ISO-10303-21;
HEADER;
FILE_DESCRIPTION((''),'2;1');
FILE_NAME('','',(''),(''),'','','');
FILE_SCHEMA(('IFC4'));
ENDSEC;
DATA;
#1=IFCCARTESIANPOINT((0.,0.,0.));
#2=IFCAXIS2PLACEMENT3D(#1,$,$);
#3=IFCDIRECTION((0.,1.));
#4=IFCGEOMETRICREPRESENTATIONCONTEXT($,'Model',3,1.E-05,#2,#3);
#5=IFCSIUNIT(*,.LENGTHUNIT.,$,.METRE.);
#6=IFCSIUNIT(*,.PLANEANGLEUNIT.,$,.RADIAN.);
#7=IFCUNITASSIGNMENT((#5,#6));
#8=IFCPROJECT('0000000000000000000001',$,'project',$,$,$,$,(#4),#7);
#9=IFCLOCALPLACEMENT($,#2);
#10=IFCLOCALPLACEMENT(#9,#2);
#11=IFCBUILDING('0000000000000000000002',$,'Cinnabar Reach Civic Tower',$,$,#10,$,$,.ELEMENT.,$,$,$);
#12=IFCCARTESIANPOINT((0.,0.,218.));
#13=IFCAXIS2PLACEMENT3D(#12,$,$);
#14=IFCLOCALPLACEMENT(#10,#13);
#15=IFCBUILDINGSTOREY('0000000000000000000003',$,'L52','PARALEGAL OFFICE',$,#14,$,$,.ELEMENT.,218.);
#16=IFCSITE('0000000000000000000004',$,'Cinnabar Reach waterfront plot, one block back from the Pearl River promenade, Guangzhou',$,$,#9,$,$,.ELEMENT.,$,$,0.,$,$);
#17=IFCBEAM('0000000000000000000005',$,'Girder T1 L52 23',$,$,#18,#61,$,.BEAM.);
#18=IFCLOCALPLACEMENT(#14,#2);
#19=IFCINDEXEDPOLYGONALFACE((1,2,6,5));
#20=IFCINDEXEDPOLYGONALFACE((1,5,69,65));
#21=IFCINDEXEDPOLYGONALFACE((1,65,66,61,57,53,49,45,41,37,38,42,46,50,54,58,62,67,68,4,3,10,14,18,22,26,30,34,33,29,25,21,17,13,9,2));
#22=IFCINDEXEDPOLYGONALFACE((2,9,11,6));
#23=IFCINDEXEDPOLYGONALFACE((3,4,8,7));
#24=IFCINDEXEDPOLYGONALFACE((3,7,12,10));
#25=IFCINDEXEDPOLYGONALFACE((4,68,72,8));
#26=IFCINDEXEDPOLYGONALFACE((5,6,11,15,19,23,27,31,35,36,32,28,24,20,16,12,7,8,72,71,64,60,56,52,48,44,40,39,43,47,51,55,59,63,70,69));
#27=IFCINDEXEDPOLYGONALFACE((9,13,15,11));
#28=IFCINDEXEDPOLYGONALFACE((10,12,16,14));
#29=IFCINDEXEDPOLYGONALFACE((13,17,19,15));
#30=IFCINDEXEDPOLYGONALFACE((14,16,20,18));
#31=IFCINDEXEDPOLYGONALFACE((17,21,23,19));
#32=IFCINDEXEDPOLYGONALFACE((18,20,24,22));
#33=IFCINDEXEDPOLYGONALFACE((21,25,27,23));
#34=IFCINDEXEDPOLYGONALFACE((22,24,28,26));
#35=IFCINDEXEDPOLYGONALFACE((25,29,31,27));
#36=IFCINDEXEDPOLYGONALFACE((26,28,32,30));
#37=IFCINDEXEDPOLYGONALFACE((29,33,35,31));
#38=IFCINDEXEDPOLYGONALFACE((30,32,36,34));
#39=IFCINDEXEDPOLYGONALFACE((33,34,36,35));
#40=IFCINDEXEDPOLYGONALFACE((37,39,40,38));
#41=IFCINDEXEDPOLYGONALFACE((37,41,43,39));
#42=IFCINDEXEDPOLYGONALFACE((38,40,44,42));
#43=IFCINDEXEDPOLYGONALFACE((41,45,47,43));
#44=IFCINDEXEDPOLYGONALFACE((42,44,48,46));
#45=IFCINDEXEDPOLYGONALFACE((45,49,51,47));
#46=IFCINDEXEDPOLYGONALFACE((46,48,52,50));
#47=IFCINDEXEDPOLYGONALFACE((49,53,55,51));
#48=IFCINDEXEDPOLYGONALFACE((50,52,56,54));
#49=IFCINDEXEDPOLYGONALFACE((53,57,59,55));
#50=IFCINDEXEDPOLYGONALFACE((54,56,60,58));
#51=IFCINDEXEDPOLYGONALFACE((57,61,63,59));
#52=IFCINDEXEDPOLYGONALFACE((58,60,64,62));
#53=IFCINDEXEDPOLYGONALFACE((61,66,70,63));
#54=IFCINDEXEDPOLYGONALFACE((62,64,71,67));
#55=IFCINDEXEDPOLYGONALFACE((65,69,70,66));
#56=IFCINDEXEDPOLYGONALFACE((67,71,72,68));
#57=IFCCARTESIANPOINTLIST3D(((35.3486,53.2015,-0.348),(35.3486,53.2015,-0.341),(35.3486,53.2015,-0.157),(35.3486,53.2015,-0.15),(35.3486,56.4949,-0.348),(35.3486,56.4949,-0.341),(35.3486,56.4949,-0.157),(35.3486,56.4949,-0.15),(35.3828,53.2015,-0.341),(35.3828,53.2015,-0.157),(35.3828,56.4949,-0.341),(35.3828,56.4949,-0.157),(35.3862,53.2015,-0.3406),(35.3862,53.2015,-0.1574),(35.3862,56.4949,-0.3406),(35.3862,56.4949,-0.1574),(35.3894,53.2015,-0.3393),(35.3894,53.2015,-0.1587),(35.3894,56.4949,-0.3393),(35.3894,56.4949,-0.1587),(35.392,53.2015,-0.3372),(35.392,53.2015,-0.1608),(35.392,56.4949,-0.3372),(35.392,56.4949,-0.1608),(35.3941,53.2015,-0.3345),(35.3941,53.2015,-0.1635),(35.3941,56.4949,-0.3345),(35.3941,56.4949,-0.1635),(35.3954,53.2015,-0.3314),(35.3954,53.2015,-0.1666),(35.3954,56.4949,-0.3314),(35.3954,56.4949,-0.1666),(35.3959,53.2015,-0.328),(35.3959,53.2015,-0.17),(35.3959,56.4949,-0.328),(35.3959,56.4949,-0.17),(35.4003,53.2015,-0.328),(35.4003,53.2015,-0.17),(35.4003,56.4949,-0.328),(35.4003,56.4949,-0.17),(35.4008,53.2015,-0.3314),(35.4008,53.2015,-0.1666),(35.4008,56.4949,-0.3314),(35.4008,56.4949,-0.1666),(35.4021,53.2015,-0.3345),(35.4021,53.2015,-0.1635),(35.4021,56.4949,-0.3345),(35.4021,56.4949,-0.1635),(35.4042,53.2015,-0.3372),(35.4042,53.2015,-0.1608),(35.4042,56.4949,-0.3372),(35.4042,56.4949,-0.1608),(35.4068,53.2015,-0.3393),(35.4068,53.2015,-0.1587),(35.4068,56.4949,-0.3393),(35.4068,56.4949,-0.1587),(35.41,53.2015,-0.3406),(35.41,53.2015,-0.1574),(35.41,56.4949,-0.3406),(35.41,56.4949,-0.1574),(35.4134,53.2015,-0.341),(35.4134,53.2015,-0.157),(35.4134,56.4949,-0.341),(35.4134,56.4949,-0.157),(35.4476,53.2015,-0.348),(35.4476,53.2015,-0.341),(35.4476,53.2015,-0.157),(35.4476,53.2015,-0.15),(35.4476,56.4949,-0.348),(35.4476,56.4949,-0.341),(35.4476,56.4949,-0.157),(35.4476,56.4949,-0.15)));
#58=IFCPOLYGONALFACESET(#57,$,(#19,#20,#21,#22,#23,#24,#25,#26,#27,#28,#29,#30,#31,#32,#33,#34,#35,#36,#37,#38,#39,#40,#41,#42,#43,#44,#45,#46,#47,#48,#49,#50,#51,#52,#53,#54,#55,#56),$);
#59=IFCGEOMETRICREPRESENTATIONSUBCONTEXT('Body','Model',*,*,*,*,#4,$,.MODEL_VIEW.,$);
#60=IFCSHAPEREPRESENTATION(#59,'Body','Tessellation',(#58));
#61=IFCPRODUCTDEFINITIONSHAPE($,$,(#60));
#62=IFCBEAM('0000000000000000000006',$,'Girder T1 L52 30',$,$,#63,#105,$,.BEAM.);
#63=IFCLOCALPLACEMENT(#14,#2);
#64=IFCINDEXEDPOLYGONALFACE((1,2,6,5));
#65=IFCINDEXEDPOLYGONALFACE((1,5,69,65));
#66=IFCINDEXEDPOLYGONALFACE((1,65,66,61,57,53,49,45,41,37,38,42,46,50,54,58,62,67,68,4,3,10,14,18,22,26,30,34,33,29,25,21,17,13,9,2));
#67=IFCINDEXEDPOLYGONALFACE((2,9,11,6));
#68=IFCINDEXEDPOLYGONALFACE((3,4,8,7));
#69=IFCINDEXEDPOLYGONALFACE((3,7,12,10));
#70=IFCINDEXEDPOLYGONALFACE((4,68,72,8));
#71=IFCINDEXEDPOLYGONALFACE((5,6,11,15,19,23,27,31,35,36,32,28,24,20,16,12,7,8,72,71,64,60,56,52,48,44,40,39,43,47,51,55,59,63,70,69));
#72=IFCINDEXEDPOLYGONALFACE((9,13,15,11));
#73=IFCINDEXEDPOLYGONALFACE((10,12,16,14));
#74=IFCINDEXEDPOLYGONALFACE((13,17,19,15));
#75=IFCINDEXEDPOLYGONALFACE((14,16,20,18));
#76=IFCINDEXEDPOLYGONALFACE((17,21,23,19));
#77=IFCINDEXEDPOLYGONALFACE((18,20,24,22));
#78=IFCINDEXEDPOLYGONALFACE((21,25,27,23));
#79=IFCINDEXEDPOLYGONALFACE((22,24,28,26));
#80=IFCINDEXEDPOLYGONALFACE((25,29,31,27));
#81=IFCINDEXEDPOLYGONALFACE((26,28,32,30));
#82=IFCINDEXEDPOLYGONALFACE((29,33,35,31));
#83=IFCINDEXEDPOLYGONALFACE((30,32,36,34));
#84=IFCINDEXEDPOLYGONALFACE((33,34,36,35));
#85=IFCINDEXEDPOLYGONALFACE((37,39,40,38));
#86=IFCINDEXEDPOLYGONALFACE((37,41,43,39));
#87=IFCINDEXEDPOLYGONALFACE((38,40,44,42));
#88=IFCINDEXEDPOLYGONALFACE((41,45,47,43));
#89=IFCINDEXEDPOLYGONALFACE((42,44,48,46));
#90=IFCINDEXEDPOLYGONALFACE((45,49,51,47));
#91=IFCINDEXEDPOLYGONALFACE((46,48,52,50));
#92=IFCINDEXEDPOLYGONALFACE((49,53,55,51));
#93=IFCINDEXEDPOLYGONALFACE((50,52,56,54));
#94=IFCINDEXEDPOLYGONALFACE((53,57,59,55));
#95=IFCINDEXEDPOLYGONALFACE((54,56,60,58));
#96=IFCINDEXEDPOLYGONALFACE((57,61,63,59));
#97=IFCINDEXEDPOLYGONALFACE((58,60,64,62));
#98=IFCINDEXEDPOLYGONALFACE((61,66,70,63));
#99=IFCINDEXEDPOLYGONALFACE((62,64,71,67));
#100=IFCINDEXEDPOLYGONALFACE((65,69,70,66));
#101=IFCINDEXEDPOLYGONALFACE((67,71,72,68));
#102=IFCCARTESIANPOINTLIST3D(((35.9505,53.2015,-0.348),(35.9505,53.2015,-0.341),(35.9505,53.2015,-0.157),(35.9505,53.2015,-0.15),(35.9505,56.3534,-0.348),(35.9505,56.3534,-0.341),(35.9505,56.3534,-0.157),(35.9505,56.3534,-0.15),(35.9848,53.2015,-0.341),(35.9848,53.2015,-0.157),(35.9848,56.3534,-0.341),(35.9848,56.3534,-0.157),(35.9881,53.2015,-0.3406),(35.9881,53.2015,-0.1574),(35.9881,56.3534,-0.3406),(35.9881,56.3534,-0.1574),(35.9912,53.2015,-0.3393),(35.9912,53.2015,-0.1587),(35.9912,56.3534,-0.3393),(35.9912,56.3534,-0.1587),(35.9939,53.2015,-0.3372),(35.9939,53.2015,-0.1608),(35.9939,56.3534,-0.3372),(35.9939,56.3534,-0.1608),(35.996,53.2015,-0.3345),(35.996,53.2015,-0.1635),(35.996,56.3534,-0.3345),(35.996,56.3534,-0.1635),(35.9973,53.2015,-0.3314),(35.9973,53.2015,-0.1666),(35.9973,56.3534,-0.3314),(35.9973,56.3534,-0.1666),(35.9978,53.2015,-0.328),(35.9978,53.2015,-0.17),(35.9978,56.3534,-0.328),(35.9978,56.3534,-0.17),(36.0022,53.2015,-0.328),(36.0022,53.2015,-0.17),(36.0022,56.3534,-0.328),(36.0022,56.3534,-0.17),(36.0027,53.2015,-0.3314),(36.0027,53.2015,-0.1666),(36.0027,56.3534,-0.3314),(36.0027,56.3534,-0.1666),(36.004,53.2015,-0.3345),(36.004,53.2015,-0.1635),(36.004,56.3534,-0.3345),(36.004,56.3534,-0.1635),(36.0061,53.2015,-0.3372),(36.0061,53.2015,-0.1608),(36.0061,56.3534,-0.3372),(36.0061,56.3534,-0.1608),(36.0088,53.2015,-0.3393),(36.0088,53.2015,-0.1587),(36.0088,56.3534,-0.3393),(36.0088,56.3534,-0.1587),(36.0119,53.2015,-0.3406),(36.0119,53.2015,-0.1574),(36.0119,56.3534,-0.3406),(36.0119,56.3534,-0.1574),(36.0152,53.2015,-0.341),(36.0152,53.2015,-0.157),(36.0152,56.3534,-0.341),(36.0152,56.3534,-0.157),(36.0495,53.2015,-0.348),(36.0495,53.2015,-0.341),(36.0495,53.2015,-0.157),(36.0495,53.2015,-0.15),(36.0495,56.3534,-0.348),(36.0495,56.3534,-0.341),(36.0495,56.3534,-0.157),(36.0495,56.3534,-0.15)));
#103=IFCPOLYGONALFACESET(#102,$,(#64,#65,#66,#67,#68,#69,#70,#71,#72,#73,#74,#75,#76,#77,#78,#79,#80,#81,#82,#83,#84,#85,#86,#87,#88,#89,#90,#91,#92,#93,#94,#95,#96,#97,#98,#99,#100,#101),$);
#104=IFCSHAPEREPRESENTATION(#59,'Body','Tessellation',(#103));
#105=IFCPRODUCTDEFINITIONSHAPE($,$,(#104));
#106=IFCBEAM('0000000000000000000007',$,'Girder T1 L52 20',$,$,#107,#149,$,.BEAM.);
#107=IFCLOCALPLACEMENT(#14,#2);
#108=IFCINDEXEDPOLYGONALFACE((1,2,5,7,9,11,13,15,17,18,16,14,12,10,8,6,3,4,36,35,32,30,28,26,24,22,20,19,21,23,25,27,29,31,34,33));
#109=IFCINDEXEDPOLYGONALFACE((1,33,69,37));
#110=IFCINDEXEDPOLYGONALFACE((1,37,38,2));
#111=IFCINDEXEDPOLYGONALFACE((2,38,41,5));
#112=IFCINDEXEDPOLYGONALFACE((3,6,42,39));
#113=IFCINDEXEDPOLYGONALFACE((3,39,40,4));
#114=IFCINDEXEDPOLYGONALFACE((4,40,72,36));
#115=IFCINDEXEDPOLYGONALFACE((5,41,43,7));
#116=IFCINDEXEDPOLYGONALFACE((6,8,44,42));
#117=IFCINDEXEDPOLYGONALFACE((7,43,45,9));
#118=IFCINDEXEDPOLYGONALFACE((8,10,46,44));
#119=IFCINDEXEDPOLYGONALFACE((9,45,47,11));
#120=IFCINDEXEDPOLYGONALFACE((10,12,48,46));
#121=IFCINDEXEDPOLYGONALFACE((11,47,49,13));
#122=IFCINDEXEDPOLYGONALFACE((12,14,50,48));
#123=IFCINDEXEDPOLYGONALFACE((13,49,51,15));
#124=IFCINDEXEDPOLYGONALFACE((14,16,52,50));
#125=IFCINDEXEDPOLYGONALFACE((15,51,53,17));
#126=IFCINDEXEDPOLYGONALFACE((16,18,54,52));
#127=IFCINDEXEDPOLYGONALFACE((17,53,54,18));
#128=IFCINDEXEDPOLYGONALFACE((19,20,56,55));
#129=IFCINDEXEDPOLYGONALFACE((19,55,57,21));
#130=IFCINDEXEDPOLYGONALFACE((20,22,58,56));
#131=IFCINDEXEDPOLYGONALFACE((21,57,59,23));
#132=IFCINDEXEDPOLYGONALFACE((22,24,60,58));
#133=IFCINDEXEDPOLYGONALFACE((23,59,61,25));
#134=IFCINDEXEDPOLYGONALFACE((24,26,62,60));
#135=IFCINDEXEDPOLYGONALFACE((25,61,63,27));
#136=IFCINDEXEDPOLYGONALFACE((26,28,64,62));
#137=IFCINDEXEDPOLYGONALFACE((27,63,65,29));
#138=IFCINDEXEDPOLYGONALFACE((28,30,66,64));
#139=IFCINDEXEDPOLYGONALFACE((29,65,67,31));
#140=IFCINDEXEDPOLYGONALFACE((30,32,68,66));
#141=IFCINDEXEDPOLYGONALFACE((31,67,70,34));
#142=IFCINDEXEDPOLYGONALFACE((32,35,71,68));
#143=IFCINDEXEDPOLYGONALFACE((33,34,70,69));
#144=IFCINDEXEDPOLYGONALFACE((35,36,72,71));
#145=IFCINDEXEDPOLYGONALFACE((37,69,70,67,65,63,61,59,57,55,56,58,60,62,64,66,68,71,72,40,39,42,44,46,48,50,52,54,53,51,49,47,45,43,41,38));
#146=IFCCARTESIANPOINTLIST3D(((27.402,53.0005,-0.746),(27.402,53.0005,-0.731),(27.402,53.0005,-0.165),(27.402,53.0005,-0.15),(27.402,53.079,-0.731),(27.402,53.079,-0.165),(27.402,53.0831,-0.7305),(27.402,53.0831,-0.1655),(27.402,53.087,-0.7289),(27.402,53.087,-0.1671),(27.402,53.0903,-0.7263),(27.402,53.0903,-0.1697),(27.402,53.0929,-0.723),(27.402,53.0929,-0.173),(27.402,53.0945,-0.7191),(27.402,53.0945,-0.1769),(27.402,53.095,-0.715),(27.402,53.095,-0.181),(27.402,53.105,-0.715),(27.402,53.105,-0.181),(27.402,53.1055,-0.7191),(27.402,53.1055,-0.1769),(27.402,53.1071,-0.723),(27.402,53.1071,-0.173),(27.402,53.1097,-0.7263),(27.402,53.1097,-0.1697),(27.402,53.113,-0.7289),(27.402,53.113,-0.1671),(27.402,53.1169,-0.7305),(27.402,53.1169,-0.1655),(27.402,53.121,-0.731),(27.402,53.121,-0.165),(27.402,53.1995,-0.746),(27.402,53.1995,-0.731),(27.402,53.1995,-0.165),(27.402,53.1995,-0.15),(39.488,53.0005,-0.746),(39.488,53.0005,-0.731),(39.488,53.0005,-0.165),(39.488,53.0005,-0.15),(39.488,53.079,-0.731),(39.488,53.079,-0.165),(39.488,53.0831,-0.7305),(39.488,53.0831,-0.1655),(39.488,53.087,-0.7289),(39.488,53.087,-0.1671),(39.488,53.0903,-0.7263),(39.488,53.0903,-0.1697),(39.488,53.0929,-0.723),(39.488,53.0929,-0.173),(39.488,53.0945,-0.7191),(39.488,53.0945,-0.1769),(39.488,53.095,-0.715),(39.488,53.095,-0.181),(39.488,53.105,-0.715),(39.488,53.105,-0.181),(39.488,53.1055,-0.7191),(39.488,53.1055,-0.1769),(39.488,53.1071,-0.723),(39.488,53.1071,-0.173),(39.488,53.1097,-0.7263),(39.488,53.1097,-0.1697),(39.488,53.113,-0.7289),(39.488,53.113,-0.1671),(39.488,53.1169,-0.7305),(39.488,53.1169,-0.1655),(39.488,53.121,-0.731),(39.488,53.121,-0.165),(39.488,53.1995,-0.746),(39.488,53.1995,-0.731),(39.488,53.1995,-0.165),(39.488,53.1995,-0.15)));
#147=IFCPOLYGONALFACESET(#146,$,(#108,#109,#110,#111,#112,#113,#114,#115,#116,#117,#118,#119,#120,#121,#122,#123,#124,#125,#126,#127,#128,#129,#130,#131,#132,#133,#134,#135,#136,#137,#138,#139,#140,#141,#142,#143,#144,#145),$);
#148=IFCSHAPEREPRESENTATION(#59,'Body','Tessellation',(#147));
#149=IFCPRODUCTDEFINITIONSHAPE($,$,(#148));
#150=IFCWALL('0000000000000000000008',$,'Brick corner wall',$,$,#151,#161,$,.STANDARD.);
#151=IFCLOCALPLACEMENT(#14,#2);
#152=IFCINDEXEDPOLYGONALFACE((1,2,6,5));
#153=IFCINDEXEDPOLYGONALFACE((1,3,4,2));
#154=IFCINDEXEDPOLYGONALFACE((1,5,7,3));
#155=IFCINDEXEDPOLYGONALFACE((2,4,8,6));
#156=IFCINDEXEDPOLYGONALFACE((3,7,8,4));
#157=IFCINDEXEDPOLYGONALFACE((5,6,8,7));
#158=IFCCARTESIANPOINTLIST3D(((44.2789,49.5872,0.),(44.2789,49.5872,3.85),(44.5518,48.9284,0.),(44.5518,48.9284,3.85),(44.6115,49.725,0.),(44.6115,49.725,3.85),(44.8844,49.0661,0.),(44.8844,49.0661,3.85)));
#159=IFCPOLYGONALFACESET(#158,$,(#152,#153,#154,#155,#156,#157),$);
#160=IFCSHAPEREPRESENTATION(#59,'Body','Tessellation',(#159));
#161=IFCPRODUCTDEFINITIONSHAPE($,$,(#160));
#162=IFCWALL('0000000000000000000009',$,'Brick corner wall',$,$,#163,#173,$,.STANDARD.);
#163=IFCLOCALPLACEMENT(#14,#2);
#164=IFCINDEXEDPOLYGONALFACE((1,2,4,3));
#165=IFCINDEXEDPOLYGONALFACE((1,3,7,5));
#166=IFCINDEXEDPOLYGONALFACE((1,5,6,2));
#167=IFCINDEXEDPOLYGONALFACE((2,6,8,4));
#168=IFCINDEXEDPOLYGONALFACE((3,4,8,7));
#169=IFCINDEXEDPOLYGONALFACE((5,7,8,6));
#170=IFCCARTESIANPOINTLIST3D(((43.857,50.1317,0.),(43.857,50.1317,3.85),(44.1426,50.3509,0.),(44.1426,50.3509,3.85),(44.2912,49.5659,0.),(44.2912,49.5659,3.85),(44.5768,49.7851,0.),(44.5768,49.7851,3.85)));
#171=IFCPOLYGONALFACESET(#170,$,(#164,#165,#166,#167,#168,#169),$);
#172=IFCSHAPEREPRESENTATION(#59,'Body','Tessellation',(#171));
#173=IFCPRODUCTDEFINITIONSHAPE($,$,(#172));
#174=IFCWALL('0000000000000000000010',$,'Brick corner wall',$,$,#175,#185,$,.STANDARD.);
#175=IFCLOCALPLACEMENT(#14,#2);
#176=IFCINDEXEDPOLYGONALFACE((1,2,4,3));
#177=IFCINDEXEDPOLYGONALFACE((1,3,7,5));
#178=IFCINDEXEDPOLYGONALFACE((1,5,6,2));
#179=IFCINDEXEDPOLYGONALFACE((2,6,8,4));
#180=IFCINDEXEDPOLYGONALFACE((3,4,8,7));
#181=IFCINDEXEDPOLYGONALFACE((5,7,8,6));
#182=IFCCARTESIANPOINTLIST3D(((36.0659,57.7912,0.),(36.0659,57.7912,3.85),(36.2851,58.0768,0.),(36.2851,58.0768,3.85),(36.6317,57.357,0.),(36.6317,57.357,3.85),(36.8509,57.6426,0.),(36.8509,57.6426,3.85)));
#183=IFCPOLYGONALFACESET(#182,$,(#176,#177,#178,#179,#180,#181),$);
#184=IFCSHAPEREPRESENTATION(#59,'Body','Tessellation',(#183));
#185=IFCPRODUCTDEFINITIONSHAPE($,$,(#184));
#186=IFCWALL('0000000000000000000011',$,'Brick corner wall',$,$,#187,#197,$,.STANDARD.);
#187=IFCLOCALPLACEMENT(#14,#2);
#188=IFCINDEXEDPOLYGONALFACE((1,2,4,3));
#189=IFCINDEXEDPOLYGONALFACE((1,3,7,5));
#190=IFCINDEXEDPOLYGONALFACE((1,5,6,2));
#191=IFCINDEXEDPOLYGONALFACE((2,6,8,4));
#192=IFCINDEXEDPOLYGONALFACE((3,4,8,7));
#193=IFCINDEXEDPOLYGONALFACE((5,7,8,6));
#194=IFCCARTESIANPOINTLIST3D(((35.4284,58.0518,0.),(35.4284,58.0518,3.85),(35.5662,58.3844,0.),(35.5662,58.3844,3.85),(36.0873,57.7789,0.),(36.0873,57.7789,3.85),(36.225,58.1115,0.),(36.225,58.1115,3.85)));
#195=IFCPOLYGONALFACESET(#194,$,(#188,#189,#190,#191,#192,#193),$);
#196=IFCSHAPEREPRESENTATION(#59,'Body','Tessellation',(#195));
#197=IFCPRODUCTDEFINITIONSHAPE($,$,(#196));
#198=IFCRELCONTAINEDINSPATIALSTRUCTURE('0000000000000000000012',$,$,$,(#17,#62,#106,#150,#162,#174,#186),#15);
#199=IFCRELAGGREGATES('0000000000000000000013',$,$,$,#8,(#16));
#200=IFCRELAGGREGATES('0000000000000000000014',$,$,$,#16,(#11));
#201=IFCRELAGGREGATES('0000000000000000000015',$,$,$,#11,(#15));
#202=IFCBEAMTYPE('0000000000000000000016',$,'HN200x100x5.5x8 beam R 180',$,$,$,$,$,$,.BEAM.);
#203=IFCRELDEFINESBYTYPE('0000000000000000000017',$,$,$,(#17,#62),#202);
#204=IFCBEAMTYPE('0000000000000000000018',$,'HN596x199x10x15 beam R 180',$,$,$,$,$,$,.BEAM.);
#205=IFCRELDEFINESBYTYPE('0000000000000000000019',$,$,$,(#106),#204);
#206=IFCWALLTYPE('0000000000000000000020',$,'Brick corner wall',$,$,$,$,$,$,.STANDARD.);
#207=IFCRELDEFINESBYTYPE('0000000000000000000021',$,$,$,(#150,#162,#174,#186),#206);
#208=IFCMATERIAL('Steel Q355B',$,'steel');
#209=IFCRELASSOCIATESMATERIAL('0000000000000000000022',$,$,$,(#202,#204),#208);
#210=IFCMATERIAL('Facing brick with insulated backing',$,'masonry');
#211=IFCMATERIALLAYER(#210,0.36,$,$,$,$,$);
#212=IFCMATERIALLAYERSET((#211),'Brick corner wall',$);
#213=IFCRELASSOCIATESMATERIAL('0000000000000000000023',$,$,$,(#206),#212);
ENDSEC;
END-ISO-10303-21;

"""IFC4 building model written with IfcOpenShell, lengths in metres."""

from ifc_helpers import new_model, si_unit, direction, frame, frame_2d, origin, origin_2d, place, context, subcontext, project, spatial, rectangle, i_section, extrude, material, layer, layer_set, material_profile, profile_set, type_object, element, save


model = new_model("IFC4")

# Units and contexts
model_context = context("Model", 3, precision=1e-05, world=origin(), true_north=direction((0.0, 1.0)))
body_context = subcontext(model_context, "Body", "Model", "MODEL_VIEW")
ifc_project = project(units=[si_unit("LENGTHUNIT", "METRE"), si_unit("PLANEANGLEUNIT", "RADIAN")], contexts=[model_context])

# Site, building, storey
site_placement = place(None, origin())
site = spatial("IfcSite", under=ifc_project, at=site_placement, Name="Cinnabar Reach waterfront plot, one block back from the Pearl River promenade, Guangzhou", CompositionType="ELEMENT", RefElevation=0.0)
building_placement = place(site_placement, origin())
building = spatial("IfcBuilding", under=site, at=building_placement, Name="Cinnabar Reach Civic Tower", CompositionType="ELEMENT")
storey_placement = place(building_placement, frame((0.0, 0.0, 218.0)))
storey = spatial("IfcBuildingStorey", under=building, at=storey_placement, Name="L52", Description="PARALEGAL OFFICE", CompositionType="ELEMENT", Elevation=218.0)

# Beams
ifc_material_1 = material(Name="Steel Q355B", Category="steel")
ifc_material_profile_1 = material_profile(ifc_material_1, i_section(OverallWidth=0.099, OverallDepth=0.198, WebThickness=0.0045, FlangeThickness=0.007, FilletRadius=0.013, at=origin_2d()), Name="HN200x100x5.5x8")
ifc_profile_set_1 = profile_set([ifc_material_profile_1], Name="Steel Q355B")
beam_type_1 = type_object("IfcBeamType", Name="HN200x100x5.5x8 beam R 180", PredefinedType="BEAM", material=ifc_profile_set_1)
beam_1_placement = place(storey_placement, frame((35.3981, 53.2015, -0.249), z_axis=(0.0, 1.0, 0.0), x_axis=(-1.0, 0.0, 0.0)))
element("IfcBeam", 1, at=beam_1_placement, inside=storey, type_object=beam_type_1, Name="Girder T1 L52 23", PredefinedType="BEAM", context=body_context, shape_type="SweptSolid", body=[
    extrude(i_section(OverallWidth=0.099, OverallDepth=0.198, WebThickness=0.0045, FlangeThickness=0.007, FilletRadius=0.013, at=origin_2d()), origin(), (0.0, 0.0, 1.0), 3.2934),
])
beam_2_placement = place(storey_placement, frame((36.0, 53.2015, -0.249), z_axis=(0.0, 1.0, 0.0), x_axis=(-1.0, 0.0, 0.0)))
element("IfcBeam", 2, at=beam_2_placement, inside=storey, type_object=beam_type_1, Name="Girder T1 L52 30", PredefinedType="BEAM", context=body_context, shape_type="SweptSolid", body=[
    extrude(i_section(OverallWidth=0.099, OverallDepth=0.198, WebThickness=0.0045, FlangeThickness=0.007, FilletRadius=0.013, at=origin_2d()), origin(), (0.0, 0.0, 1.0), 3.1519),
])
ifc_material_profile_2 = material_profile(ifc_material_1, i_section(OverallWidth=0.199, OverallDepth=0.596, WebThickness=0.01, FlangeThickness=0.015, FilletRadius=0.016, at=origin_2d()), Name="HN596x199x10x15")
ifc_profile_set_2 = profile_set([ifc_material_profile_2], Name="Steel Q355B")
beam_type_2 = type_object("IfcBeamType", Name="HN596x199x10x15 beam R 180", PredefinedType="BEAM", material=ifc_profile_set_2)
beam_3_placement = place(storey_placement, frame((27.402, 53.1, -0.448), z_axis=(1.0, 0.0, 0.0), x_axis=(0.0, 1.0, 0.0)))
element("IfcBeam", 3, at=beam_3_placement, inside=storey, type_object=beam_type_2, Name="Girder T1 L52 20", PredefinedType="BEAM", context=body_context, shape_type="SweptSolid", body=[
    extrude(i_section(OverallWidth=0.199, OverallDepth=0.596, WebThickness=0.01, FlangeThickness=0.015, FilletRadius=0.016, at=origin_2d()), origin(), (0.0, 0.0, 1.0), 12.086),
])

# Walls
ifc_material_2 = material(Name="Facing brick with insulated backing", Category="masonry")
ifc_layer_1 = layer(ifc_material_2, 0.36)
ifc_layer_set_1 = layer_set([ifc_layer_1], Name="Brick corner wall")
wall_type_1 = type_object("IfcWallType", Name="Brick corner wall", PredefinedType="STANDARD", material=ifc_layer_set_1)
wall_1_placement = place(storey_placement, frame((44.7181, 48.9973, 0.0), z_axis=(0.0, 0.0, 1.0), x_axis=(-0.382703, 0.923872, 0.0)))
element("IfcWall", 4, at=wall_1_placement, inside=storey, type_object=wall_type_1, Name="Brick corner wall", PredefinedType="STANDARD", context=body_context, shape_type="SweptSolid", body=[
    extrude(rectangle(XDim=0.7131, YDim=0.36, at=frame_2d((0.3565, 0.0))), origin(), (0.0, 0.0, 1.0), 3.85),
])
for number, where, z_axis, x_axis, name in (
    (5, (44.434, 49.6755, 0.0), (0.0, 0.0, 1.0), (-0.608802, 0.793322, 0.0), "Brick corner wall"),
    (6, (36.7413, 57.4998, 0.0), (0.0, 0.0, 1.0), (-0.793322, 0.608802, 0.0), "Brick corner wall"),
):
    element("IfcWall", number, at=place(storey_placement, frame(where, z_axis=z_axis, x_axis=x_axis)), inside=storey, type_object=wall_type_1, Name=name, PredefinedType="STANDARD", context=body_context, shape_type="SweptSolid", body=[
        extrude(rectangle(XDim=0.7132, YDim=0.36, at=frame_2d((0.3566, 0.0))), origin(), (0.0, 0.0, 1.0), 3.85),
    ])
for number, where, z_axis, x_axis, name in (
    (7, (36.1561, 57.9452, 0.0), (0.0, 0.0, 1.0), (-0.923872, 0.382703, 0.0), "Brick corner wall"),
):
    element("IfcWall", number, at=place(storey_placement, frame(where, z_axis=z_axis, x_axis=x_axis)), inside=storey, type_object=wall_type_1, Name=name, PredefinedType="STANDARD", context=body_context, shape_type="SweptSolid", body=[
        extrude(rectangle(XDim=0.7131, YDim=0.36, at=frame_2d((0.3565, 0.0))), origin(), (0.0, 0.0, 1.0), 3.85),
    ])

save(model, "model.ifc")
